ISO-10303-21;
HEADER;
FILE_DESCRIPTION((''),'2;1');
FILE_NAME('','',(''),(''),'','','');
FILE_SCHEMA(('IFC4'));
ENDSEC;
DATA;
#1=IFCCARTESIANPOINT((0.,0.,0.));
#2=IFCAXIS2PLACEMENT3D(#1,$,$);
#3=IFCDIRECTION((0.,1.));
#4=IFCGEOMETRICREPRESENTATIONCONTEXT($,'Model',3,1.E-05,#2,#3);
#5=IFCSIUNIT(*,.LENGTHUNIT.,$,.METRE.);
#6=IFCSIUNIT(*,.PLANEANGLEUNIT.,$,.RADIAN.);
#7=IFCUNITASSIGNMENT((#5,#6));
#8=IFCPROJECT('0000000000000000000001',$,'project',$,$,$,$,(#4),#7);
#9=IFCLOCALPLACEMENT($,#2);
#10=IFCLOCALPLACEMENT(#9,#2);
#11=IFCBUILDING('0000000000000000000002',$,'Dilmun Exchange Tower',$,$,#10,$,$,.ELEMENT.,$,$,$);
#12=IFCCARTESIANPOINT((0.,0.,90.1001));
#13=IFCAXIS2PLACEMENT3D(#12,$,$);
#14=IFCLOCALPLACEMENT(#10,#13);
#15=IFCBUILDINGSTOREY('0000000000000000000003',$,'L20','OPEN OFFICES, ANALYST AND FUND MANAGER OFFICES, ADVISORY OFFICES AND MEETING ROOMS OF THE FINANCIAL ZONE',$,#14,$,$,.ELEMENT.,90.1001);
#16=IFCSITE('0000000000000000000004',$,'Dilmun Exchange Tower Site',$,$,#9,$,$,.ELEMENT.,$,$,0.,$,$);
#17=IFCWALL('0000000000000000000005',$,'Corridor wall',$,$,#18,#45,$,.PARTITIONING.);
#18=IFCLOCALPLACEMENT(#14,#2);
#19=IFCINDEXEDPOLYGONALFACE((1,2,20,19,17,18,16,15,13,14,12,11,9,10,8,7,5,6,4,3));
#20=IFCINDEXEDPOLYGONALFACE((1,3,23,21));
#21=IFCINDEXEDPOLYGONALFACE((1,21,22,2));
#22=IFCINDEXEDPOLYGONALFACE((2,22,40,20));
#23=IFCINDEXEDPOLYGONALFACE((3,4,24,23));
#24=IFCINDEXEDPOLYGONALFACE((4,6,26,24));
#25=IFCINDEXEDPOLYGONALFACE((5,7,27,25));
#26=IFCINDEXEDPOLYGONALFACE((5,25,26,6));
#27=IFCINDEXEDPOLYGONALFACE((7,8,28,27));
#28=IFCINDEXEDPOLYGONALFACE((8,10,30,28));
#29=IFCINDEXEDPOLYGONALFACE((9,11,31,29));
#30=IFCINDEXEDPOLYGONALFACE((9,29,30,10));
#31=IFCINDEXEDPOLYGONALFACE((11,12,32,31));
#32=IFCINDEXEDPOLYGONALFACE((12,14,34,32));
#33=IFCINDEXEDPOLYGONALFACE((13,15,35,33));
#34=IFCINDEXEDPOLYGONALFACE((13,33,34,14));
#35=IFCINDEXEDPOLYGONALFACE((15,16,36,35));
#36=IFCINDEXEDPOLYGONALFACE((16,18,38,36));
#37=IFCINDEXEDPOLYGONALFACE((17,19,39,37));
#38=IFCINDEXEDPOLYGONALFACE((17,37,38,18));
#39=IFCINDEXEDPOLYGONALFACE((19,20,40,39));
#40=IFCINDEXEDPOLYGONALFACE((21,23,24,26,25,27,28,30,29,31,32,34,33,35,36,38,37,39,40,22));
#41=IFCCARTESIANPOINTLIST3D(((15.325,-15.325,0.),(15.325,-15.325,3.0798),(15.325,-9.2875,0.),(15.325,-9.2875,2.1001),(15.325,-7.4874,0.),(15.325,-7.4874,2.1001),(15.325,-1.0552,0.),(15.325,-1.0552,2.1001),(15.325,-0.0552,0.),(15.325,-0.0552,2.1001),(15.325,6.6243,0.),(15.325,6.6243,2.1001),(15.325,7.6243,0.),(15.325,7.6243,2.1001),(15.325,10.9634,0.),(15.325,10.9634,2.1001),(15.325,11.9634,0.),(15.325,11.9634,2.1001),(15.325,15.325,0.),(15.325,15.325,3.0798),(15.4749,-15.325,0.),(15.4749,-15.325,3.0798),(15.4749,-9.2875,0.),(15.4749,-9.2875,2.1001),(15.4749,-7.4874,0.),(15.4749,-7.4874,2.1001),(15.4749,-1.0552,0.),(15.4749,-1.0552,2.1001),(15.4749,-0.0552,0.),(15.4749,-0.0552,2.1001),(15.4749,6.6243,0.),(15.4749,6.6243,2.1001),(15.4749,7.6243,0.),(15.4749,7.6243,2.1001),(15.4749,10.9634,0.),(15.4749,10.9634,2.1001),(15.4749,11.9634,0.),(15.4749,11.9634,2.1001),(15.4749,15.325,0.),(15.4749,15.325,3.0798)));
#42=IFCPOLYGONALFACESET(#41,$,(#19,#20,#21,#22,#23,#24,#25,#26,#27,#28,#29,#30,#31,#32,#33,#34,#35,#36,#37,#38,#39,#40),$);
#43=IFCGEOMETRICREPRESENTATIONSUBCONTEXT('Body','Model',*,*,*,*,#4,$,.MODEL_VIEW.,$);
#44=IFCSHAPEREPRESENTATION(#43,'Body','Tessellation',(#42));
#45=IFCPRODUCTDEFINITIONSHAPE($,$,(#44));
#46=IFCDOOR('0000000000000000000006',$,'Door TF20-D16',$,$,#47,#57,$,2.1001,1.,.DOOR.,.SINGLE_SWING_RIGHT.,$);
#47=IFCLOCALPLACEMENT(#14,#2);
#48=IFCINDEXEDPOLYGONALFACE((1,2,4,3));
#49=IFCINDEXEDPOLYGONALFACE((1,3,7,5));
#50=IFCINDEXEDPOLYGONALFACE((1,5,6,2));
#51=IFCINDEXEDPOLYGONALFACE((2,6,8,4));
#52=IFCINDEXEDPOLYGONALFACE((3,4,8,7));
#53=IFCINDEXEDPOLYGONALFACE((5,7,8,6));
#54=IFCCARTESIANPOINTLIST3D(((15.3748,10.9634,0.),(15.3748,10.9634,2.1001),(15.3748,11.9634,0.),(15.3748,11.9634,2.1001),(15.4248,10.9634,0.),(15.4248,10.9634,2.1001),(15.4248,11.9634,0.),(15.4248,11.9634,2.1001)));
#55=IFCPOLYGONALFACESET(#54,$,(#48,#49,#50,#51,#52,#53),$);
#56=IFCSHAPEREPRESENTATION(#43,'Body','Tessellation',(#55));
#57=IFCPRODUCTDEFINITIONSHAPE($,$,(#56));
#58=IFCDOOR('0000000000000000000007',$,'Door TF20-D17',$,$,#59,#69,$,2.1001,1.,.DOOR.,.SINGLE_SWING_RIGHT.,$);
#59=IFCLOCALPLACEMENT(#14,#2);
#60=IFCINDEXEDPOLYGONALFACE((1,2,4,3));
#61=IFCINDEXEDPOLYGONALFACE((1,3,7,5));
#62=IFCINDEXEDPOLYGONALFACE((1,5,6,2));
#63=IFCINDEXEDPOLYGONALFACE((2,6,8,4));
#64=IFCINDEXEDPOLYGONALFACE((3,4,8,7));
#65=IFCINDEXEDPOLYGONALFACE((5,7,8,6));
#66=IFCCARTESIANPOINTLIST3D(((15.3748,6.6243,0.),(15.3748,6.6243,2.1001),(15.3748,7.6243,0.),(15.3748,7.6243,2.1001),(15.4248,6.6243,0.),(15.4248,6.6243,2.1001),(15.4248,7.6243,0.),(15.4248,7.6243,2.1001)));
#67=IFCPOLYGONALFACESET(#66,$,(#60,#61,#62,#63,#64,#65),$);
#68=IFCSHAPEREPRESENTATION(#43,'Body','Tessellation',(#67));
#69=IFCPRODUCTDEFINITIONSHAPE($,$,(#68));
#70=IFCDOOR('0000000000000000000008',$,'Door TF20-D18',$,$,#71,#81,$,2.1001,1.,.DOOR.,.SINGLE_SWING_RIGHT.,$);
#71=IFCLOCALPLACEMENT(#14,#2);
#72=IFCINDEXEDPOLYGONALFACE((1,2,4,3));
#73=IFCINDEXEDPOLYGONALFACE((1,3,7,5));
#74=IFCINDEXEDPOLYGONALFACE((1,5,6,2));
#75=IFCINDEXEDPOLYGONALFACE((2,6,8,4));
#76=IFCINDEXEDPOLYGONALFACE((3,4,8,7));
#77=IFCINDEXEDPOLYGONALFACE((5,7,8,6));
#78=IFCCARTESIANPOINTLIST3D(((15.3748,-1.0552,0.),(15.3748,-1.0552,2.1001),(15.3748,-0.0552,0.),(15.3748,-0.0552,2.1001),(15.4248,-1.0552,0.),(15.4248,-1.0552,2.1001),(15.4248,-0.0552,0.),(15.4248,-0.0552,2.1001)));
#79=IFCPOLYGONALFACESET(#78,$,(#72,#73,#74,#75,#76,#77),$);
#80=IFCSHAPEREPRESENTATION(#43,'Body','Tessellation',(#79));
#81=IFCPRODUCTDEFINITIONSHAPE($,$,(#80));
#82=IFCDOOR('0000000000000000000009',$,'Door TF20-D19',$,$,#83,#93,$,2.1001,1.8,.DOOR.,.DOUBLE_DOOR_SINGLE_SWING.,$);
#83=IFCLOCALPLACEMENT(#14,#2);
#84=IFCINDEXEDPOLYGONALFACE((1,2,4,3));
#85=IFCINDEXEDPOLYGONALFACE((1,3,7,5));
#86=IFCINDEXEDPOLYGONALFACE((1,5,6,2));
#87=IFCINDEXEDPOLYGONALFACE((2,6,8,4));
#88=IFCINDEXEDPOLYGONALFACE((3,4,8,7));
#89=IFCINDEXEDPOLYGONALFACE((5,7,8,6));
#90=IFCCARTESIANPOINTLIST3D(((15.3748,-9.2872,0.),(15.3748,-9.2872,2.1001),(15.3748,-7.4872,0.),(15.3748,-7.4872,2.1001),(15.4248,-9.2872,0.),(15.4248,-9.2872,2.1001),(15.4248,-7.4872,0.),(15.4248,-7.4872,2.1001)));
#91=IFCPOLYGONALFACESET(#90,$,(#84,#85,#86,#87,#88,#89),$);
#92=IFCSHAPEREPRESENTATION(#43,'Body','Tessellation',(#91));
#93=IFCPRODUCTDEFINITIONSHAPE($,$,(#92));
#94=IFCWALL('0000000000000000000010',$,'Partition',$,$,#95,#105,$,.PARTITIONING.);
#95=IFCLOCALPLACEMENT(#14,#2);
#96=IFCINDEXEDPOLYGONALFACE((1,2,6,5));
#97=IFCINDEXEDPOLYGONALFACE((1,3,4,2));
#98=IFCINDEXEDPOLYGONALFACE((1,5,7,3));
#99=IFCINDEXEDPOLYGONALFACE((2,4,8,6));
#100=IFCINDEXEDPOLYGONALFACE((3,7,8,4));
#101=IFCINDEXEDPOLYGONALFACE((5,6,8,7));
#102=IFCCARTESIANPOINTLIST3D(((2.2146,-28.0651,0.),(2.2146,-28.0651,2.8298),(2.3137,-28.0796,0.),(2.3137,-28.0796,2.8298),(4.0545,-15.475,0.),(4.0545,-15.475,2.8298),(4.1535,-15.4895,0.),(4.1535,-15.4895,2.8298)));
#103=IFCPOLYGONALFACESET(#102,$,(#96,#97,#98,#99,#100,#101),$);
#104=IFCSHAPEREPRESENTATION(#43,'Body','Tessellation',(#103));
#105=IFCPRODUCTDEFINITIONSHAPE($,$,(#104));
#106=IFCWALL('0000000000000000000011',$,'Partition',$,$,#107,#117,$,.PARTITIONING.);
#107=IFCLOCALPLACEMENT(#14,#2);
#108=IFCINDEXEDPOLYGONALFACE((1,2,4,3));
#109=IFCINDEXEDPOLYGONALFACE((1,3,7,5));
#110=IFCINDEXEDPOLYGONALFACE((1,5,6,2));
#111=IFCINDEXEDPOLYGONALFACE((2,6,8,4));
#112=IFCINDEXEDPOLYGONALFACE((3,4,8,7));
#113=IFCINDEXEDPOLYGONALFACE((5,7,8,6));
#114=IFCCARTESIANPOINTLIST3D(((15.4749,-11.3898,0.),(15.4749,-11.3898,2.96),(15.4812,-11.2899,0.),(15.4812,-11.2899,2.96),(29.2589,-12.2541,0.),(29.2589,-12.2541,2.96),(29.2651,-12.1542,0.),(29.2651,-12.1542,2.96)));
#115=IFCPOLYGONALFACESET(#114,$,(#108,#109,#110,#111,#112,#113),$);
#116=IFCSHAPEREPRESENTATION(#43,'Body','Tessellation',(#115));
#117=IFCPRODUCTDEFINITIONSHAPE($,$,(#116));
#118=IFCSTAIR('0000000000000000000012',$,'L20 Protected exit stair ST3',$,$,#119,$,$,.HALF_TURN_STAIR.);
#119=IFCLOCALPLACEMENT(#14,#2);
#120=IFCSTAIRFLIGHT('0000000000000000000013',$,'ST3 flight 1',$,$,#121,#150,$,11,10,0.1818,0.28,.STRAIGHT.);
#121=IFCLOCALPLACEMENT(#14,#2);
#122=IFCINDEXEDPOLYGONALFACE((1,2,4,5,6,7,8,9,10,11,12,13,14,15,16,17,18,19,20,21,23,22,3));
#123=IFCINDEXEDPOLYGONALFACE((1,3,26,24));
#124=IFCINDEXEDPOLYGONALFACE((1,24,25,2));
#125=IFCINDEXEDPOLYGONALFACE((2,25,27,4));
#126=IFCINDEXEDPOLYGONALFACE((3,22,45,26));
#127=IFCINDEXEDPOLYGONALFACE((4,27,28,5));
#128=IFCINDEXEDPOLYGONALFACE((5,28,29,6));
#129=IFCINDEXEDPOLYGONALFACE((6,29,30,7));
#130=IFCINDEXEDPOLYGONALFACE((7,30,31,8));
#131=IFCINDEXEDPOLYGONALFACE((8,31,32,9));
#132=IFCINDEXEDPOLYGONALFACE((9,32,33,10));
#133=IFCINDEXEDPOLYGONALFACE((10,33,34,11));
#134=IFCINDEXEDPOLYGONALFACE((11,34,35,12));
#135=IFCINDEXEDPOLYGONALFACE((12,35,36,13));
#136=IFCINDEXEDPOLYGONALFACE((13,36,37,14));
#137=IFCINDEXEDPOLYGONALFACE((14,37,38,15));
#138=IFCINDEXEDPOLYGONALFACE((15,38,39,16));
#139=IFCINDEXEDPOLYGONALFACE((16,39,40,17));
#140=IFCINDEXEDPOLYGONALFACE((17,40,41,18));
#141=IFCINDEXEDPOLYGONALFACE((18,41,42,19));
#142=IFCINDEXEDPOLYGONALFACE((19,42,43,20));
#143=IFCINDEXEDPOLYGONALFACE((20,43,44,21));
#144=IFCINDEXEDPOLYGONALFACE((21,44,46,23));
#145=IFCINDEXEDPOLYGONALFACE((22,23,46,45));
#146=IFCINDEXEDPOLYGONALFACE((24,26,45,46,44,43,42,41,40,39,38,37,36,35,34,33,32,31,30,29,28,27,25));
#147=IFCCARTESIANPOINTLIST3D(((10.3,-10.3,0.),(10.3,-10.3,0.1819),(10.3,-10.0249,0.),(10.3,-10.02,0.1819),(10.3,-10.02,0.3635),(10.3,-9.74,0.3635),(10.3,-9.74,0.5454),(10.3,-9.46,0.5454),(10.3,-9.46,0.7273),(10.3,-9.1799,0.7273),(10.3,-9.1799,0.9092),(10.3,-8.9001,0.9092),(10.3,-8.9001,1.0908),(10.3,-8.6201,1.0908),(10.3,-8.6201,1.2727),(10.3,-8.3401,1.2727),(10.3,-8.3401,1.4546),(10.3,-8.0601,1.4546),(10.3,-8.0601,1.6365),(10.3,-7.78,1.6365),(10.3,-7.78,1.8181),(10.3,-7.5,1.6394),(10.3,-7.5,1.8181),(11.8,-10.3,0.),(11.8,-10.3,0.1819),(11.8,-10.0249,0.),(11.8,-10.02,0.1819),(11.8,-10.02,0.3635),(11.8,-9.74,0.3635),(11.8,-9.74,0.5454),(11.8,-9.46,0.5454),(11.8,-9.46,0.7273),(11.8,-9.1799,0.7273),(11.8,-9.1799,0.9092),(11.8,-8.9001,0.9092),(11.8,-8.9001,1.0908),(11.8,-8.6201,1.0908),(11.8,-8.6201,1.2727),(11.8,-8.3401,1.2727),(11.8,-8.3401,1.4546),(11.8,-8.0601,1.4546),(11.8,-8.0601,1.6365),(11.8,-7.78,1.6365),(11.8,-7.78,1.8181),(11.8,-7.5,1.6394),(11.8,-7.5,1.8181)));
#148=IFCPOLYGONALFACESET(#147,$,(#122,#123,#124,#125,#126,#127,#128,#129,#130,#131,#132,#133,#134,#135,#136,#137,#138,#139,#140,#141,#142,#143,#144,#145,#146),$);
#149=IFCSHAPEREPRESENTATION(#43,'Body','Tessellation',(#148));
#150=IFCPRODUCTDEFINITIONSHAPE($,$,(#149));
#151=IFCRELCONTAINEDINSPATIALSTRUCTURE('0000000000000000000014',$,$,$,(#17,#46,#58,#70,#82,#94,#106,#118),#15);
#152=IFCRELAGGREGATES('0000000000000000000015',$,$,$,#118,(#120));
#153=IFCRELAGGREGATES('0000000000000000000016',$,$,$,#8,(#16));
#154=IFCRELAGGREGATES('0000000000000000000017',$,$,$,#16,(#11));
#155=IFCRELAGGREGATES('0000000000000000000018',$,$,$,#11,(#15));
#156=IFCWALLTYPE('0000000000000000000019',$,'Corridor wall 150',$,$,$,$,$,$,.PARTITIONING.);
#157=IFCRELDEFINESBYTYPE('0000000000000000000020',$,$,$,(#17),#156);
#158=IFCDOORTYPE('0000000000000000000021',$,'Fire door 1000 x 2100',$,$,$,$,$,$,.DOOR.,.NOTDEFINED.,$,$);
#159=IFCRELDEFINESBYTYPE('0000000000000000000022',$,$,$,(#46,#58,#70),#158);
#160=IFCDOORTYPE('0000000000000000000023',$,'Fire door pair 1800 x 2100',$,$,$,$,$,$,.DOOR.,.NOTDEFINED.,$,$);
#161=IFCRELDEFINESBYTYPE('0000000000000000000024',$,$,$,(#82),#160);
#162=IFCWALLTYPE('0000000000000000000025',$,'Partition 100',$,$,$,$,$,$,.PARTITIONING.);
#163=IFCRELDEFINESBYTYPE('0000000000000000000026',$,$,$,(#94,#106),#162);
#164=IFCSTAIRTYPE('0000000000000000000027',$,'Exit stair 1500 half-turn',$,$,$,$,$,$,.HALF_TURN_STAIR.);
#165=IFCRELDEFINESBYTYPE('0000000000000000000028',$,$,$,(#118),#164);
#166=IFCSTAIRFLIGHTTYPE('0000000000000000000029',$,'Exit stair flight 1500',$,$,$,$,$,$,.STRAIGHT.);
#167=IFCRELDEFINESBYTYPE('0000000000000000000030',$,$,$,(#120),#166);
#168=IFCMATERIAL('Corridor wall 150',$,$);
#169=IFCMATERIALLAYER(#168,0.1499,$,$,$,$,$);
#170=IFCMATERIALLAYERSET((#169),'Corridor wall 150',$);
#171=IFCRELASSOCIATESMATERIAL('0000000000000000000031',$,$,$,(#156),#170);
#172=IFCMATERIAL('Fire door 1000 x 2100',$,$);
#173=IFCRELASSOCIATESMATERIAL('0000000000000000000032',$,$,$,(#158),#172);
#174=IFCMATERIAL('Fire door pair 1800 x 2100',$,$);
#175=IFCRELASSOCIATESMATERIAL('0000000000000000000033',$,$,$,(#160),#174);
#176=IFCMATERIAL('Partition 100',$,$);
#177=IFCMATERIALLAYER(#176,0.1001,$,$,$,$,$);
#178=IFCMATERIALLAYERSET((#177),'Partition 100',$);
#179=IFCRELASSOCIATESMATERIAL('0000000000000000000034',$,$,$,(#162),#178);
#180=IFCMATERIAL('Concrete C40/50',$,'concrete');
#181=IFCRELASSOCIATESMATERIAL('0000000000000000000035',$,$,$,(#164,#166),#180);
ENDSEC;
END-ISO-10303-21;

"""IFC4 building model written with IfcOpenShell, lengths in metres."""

from ifc_helpers import new_model, si_unit, direction, frame, frame_2d, origin, place, context, subcontext, project, spatial, polyline, rectangle, outline, extrude, material, layer, layer_set, type_object, element, fill, aggregate, save


model = new_model("IFC4")

# Units and contexts
model_context = context("Model", 3, precision=1e-05, world=origin(), true_north=direction((0.0, 1.0)))
body_context = subcontext(model_context, "Body", "Model", "MODEL_VIEW")
ifc_project = project(units=[si_unit("LENGTHUNIT", "METRE"), si_unit("PLANEANGLEUNIT", "RADIAN")], contexts=[model_context])

# Site, building, storey
site_placement = place(None, origin())
site = spatial("IfcSite", under=ifc_project, at=site_placement, Name="Dilmun Exchange Tower Site", CompositionType="ELEMENT", RefElevation=0.0)
building_placement = place(site_placement, origin())
building = spatial("IfcBuilding", under=site, at=building_placement, Name="Dilmun Exchange Tower", CompositionType="ELEMENT")
storey_placement = place(building_placement, frame((0.0, 0.0, 90.1001)))
storey = spatial("IfcBuildingStorey", under=building, at=storey_placement, Name="L20", Description="OPEN OFFICES, ANALYST AND FUND MANAGER OFFICES, ADVISORY OFFICES AND MEETING ROOMS OF THE FINANCIAL ZONE", CompositionType="ELEMENT", Elevation=90.1001)

# Shared definitions
ifc_material_1 = material(Name="Concrete C40/50", Category="concrete")

# Wall, openings, doors
ifc_material_2 = material(Name="Corridor wall 150")
ifc_layer_1 = layer(ifc_material_2, 0.1499)
ifc_layer_set_1 = layer_set([ifc_layer_1], Name="Corridor wall 150")
wall_type_1 = type_object("IfcWallType", Name="Corridor wall 150", PredefinedType="PARTITIONING", material=ifc_layer_set_1)
wall_1_placement = place(storey_placement, frame((15.3999, -15.325, 0.0), z_axis=(0.0, 0.0, 1.0), x_axis=(0.0, 1.0, 0.0)))
wall_1 = element("IfcWall", 1, at=wall_1_placement, inside=storey, type_object=wall_type_1, Name="Corridor wall", PredefinedType="PARTITIONING", context=body_context, shape_type="SweptSolid", body=[
    extrude(rectangle(XDim=30.6499, YDim=0.1499, at=frame_2d((15.325, 0.0))), origin(), (0.0, 0.0, 1.0), 3.0798),
])
opening_1_placement = place(wall_1_placement, frame((26.2883, 0.0, 0.0)))
opening_1 = element("IfcOpeningElement", 2, at=opening_1_placement, cuts=wall_1, PredefinedType="OPENING", context=body_context, shape_type="SweptSolid", body=[
    extrude(rectangle(XDim=1.0, YDim=2.1001, at=frame_2d((0.5, 1.05))), frame((0.0, 0.085, 0.0), z_axis=(0.0, -1.0, 0.0), x_axis=(1.0, 0.0, 0.0)), (0.0, 0.0, 1.0), 0.1699),
])
opening_2_placement = place(wall_1_placement, frame((21.9492, 0.0, 0.0)))
opening_2 = element("IfcOpeningElement", 3, at=opening_2_placement, cuts=wall_1, PredefinedType="OPENING", context=body_context, shape_type="SweptSolid", body=[
    extrude(rectangle(XDim=1.0, YDim=2.1001, at=frame_2d((0.5, 1.05))), frame((0.0, 0.085, 0.0), z_axis=(0.0, -1.0, 0.0), x_axis=(1.0, 0.0, 0.0)), (0.0, 0.0, 1.0), 0.1699),
])
opening_3_placement = place(wall_1_placement, frame((14.2698, 0.0, 0.0)))
opening_3 = element("IfcOpeningElement", 4, at=opening_3_placement, cuts=wall_1, PredefinedType="OPENING", context=body_context, shape_type="SweptSolid", body=[
    extrude(rectangle(XDim=1.0, YDim=2.1001, at=frame_2d((0.5, 1.05))), frame((0.0, 0.085, 0.0), z_axis=(0.0, -1.0, 0.0), x_axis=(1.0, 0.0, 0.0)), (0.0, 0.0, 1.0), 0.1699),
])
opening_4_placement = place(wall_1_placement, frame((6.0376, 0.0, 0.0)))
opening_4 = element("IfcOpeningElement", 5, at=opening_4_placement, cuts=wall_1, PredefinedType="OPENING", context=body_context, shape_type="SweptSolid", body=[
    extrude(rectangle(XDim=1.8, YDim=2.1001, at=frame_2d((0.8999, 1.05))), frame((0.0, 0.085, 0.0), z_axis=(0.0, -1.0, 0.0), x_axis=(1.0, 0.0, 0.0)), (0.0, 0.0, 1.0), 0.1699),
])
ifc_material_3 = material(Name="Fire door 1000 x 2100")
door_type_1 = type_object("IfcDoorType", Name="Fire door 1000 x 2100", OperationType="NOTDEFINED", PredefinedType="DOOR", material=ifc_material_3)
door_1_placement = place(opening_1_placement, frame((1.0, 0.0, 0.0), z_axis=(0.0, 0.0, 1.0), x_axis=(-1.0, 0.0, 0.0)))
door_1 = element("IfcDoor", 6, at=door_1_placement, inside=storey, type_object=door_type_1, Name="Door TF20-D16", OperationType="SINGLE_SWING_RIGHT", OverallHeight=2.1001, OverallWidth=1.0, PredefinedType="DOOR", context=body_context, shape_type="SweptSolid", body=[
    extrude(rectangle(XDim=1.0, YDim=2.1001, at=frame_2d((0.5, 1.05))), frame((0.0, 0.0249, 0.0), z_axis=(0.0, -1.0, 0.0), x_axis=(1.0, 0.0, 0.0)), (0.0, 0.0, 1.0), 0.05),
])
fill(opening_1, door_1)
door_2_placement = place(opening_2_placement, frame((1.0, 0.0, 0.0), z_axis=(0.0, 0.0, 1.0), x_axis=(-1.0, 0.0, 0.0)))
door_2 = element("IfcDoor", 7, at=door_2_placement, inside=storey, type_object=door_type_1, Name="Door TF20-D17", OperationType="SINGLE_SWING_RIGHT", OverallHeight=2.1001, OverallWidth=1.0, PredefinedType="DOOR", context=body_context, shape_type="SweptSolid", body=[
    extrude(rectangle(XDim=1.0, YDim=2.1001, at=frame_2d((0.5, 1.05))), frame((0.0, 0.0249, 0.0), z_axis=(0.0, -1.0, 0.0), x_axis=(1.0, 0.0, 0.0)), (0.0, 0.0, 1.0), 0.05),
])
fill(opening_2, door_2)
door_3_placement = place(opening_3_placement, frame((1.0, 0.0, 0.0), z_axis=(0.0, 0.0, 1.0), x_axis=(-1.0, 0.0, 0.0)))
door_3 = element("IfcDoor", 8, at=door_3_placement, inside=storey, type_object=door_type_1, Name="Door TF20-D18", OperationType="SINGLE_SWING_RIGHT", OverallHeight=2.1001, OverallWidth=1.0, PredefinedType="DOOR", context=body_context, shape_type="SweptSolid", body=[
    extrude(rectangle(XDim=1.0, YDim=2.1001, at=frame_2d((0.5, 1.05))), frame((0.0, 0.0249, 0.0), z_axis=(0.0, -1.0, 0.0), x_axis=(1.0, 0.0, 0.0)), (0.0, 0.0, 1.0), 0.05),
])
fill(opening_3, door_3)
ifc_material_4 = material(Name="Fire door pair 1800 x 2100")
door_type_2 = type_object("IfcDoorType", Name="Fire door pair 1800 x 2100", OperationType="NOTDEFINED", PredefinedType="DOOR", material=ifc_material_4)
door_4_placement = place(opening_4_placement, frame((1.8, 0.0, 0.0), z_axis=(0.0, 0.0, 1.0), x_axis=(-1.0, 0.0, 0.0)))
door_4 = element("IfcDoor", 9, at=door_4_placement, inside=storey, type_object=door_type_2, Name="Door TF20-D19", OperationType="DOUBLE_DOOR_SINGLE_SWING", OverallHeight=2.1001, OverallWidth=1.8, PredefinedType="DOOR", context=body_context, shape_type="SweptSolid", body=[
    extrude(rectangle(XDim=1.8, YDim=2.1001, at=frame_2d((0.8999, 1.05))), frame((0.0, 0.0249, 0.0), z_axis=(0.0, -1.0, 0.0), x_axis=(1.0, 0.0, 0.0)), (0.0, 0.0, 1.0), 0.05),
])
fill(opening_4, door_4)

# Walls
ifc_material_5 = material(Name="Partition 100")
ifc_layer_2 = layer(ifc_material_5, 0.1001)
ifc_layer_set_2 = layer_set([ifc_layer_2], Name="Partition 100")
wall_type_2 = type_object("IfcWallType", Name="Partition 100", PredefinedType="PARTITIONING", material=ifc_layer_set_2)
wall_2_placement = place(storey_placement, frame((2.2642, -28.0723, 0.0), z_axis=(0.0, 0.0, 1.0), x_axis=(0.144598, 0.98949, 0.0)))
element("IfcWall", 10, at=wall_2_placement, inside=storey, type_object=wall_type_2, Name="Partition", PredefinedType="PARTITIONING", context=body_context, shape_type="SweptSolid", body=[
    extrude(rectangle(XDim=12.7239, YDim=0.1001, at=frame_2d((6.3618, 0.0))), origin(), (0.0, 0.0, 1.0), 2.8298),
])
wall_3_placement = place(storey_placement, frame((15.478, -11.3398, 0.0), z_axis=(0.0, 0.0, 1.0), x_axis=(0.99804, -0.062577, 0.0)))
element("IfcWall", 11, at=wall_3_placement, inside=storey, type_object=wall_type_2, Name="Partition", PredefinedType="PARTITIONING", context=body_context, shape_type="SweptSolid", body=[
    extrude(rectangle(XDim=13.811, YDim=0.1001, at=frame_2d((6.9055, 0.0))), origin(), (0.0, 0.0, 1.0), 2.96),
])

# Stair, stair flight
stair_type = type_object("IfcStairType", Name="Exit stair 1500 half-turn", PredefinedType="HALF_TURN_STAIR", material=ifc_material_1)
stair_placement = place(storey_placement, origin())
stair = element("IfcStair", 12, at=stair_placement, inside=storey, type_object=stair_type, Name="L20 Protected exit stair ST3", PredefinedType="HALF_TURN_STAIR")
stair_flight_type = type_object("IfcStairFlightType", Name="Exit stair flight 1500", PredefinedType="STRAIGHT", material=ifc_material_1)
stair_flight_placement = place(storey_placement, frame((11.05, -10.3, 0.0), z_axis=(0.0, 0.0, 1.0), x_axis=(0.0, 1.0, 0.0)))
stair_flight = element("IfcStairFlight", 13, at=stair_flight_placement, type_object=stair_flight_type, Name="ST3 flight 1", NumberOfRisers=11, NumberOfTreads=10, PredefinedType="STRAIGHT", RiserHeight=0.1818, TreadLength=0.28, context=body_context, shape_type="SweptSolid", body=[
    extrude(outline(polyline([(0.0, 0.0), (0.0, 0.1819), (0.28, 0.1819), (0.28, 0.3635), (0.5601, 0.3635), (0.5601, 0.5454), (0.8401, 0.5454), (0.8401, 0.7273), (1.1201, 0.7273), (1.1201, 0.9092), (1.3999, 0.9092), (1.3999, 1.0908), (1.6799, 1.0908), (1.6799, 1.2727), (1.96, 1.2727), (1.96, 1.4546), (2.24, 1.4546), (2.24, 1.6365), (2.52, 1.6365), (2.52, 1.8181), (2.8, 1.8181), (2.8, 2.0), (2.8, 1.6394), (0.2751, 0.0), (0.0, 0.0)])), frame((0.0, 0.75, 0.0), z_axis=(0.0, -1.0, 0.0), x_axis=(1.0, 0.0, 0.0)), (0.0, 0.0, 1.0), 1.5),
])
aggregate(stair, [stair_flight])

save(model, "model.ifc")
